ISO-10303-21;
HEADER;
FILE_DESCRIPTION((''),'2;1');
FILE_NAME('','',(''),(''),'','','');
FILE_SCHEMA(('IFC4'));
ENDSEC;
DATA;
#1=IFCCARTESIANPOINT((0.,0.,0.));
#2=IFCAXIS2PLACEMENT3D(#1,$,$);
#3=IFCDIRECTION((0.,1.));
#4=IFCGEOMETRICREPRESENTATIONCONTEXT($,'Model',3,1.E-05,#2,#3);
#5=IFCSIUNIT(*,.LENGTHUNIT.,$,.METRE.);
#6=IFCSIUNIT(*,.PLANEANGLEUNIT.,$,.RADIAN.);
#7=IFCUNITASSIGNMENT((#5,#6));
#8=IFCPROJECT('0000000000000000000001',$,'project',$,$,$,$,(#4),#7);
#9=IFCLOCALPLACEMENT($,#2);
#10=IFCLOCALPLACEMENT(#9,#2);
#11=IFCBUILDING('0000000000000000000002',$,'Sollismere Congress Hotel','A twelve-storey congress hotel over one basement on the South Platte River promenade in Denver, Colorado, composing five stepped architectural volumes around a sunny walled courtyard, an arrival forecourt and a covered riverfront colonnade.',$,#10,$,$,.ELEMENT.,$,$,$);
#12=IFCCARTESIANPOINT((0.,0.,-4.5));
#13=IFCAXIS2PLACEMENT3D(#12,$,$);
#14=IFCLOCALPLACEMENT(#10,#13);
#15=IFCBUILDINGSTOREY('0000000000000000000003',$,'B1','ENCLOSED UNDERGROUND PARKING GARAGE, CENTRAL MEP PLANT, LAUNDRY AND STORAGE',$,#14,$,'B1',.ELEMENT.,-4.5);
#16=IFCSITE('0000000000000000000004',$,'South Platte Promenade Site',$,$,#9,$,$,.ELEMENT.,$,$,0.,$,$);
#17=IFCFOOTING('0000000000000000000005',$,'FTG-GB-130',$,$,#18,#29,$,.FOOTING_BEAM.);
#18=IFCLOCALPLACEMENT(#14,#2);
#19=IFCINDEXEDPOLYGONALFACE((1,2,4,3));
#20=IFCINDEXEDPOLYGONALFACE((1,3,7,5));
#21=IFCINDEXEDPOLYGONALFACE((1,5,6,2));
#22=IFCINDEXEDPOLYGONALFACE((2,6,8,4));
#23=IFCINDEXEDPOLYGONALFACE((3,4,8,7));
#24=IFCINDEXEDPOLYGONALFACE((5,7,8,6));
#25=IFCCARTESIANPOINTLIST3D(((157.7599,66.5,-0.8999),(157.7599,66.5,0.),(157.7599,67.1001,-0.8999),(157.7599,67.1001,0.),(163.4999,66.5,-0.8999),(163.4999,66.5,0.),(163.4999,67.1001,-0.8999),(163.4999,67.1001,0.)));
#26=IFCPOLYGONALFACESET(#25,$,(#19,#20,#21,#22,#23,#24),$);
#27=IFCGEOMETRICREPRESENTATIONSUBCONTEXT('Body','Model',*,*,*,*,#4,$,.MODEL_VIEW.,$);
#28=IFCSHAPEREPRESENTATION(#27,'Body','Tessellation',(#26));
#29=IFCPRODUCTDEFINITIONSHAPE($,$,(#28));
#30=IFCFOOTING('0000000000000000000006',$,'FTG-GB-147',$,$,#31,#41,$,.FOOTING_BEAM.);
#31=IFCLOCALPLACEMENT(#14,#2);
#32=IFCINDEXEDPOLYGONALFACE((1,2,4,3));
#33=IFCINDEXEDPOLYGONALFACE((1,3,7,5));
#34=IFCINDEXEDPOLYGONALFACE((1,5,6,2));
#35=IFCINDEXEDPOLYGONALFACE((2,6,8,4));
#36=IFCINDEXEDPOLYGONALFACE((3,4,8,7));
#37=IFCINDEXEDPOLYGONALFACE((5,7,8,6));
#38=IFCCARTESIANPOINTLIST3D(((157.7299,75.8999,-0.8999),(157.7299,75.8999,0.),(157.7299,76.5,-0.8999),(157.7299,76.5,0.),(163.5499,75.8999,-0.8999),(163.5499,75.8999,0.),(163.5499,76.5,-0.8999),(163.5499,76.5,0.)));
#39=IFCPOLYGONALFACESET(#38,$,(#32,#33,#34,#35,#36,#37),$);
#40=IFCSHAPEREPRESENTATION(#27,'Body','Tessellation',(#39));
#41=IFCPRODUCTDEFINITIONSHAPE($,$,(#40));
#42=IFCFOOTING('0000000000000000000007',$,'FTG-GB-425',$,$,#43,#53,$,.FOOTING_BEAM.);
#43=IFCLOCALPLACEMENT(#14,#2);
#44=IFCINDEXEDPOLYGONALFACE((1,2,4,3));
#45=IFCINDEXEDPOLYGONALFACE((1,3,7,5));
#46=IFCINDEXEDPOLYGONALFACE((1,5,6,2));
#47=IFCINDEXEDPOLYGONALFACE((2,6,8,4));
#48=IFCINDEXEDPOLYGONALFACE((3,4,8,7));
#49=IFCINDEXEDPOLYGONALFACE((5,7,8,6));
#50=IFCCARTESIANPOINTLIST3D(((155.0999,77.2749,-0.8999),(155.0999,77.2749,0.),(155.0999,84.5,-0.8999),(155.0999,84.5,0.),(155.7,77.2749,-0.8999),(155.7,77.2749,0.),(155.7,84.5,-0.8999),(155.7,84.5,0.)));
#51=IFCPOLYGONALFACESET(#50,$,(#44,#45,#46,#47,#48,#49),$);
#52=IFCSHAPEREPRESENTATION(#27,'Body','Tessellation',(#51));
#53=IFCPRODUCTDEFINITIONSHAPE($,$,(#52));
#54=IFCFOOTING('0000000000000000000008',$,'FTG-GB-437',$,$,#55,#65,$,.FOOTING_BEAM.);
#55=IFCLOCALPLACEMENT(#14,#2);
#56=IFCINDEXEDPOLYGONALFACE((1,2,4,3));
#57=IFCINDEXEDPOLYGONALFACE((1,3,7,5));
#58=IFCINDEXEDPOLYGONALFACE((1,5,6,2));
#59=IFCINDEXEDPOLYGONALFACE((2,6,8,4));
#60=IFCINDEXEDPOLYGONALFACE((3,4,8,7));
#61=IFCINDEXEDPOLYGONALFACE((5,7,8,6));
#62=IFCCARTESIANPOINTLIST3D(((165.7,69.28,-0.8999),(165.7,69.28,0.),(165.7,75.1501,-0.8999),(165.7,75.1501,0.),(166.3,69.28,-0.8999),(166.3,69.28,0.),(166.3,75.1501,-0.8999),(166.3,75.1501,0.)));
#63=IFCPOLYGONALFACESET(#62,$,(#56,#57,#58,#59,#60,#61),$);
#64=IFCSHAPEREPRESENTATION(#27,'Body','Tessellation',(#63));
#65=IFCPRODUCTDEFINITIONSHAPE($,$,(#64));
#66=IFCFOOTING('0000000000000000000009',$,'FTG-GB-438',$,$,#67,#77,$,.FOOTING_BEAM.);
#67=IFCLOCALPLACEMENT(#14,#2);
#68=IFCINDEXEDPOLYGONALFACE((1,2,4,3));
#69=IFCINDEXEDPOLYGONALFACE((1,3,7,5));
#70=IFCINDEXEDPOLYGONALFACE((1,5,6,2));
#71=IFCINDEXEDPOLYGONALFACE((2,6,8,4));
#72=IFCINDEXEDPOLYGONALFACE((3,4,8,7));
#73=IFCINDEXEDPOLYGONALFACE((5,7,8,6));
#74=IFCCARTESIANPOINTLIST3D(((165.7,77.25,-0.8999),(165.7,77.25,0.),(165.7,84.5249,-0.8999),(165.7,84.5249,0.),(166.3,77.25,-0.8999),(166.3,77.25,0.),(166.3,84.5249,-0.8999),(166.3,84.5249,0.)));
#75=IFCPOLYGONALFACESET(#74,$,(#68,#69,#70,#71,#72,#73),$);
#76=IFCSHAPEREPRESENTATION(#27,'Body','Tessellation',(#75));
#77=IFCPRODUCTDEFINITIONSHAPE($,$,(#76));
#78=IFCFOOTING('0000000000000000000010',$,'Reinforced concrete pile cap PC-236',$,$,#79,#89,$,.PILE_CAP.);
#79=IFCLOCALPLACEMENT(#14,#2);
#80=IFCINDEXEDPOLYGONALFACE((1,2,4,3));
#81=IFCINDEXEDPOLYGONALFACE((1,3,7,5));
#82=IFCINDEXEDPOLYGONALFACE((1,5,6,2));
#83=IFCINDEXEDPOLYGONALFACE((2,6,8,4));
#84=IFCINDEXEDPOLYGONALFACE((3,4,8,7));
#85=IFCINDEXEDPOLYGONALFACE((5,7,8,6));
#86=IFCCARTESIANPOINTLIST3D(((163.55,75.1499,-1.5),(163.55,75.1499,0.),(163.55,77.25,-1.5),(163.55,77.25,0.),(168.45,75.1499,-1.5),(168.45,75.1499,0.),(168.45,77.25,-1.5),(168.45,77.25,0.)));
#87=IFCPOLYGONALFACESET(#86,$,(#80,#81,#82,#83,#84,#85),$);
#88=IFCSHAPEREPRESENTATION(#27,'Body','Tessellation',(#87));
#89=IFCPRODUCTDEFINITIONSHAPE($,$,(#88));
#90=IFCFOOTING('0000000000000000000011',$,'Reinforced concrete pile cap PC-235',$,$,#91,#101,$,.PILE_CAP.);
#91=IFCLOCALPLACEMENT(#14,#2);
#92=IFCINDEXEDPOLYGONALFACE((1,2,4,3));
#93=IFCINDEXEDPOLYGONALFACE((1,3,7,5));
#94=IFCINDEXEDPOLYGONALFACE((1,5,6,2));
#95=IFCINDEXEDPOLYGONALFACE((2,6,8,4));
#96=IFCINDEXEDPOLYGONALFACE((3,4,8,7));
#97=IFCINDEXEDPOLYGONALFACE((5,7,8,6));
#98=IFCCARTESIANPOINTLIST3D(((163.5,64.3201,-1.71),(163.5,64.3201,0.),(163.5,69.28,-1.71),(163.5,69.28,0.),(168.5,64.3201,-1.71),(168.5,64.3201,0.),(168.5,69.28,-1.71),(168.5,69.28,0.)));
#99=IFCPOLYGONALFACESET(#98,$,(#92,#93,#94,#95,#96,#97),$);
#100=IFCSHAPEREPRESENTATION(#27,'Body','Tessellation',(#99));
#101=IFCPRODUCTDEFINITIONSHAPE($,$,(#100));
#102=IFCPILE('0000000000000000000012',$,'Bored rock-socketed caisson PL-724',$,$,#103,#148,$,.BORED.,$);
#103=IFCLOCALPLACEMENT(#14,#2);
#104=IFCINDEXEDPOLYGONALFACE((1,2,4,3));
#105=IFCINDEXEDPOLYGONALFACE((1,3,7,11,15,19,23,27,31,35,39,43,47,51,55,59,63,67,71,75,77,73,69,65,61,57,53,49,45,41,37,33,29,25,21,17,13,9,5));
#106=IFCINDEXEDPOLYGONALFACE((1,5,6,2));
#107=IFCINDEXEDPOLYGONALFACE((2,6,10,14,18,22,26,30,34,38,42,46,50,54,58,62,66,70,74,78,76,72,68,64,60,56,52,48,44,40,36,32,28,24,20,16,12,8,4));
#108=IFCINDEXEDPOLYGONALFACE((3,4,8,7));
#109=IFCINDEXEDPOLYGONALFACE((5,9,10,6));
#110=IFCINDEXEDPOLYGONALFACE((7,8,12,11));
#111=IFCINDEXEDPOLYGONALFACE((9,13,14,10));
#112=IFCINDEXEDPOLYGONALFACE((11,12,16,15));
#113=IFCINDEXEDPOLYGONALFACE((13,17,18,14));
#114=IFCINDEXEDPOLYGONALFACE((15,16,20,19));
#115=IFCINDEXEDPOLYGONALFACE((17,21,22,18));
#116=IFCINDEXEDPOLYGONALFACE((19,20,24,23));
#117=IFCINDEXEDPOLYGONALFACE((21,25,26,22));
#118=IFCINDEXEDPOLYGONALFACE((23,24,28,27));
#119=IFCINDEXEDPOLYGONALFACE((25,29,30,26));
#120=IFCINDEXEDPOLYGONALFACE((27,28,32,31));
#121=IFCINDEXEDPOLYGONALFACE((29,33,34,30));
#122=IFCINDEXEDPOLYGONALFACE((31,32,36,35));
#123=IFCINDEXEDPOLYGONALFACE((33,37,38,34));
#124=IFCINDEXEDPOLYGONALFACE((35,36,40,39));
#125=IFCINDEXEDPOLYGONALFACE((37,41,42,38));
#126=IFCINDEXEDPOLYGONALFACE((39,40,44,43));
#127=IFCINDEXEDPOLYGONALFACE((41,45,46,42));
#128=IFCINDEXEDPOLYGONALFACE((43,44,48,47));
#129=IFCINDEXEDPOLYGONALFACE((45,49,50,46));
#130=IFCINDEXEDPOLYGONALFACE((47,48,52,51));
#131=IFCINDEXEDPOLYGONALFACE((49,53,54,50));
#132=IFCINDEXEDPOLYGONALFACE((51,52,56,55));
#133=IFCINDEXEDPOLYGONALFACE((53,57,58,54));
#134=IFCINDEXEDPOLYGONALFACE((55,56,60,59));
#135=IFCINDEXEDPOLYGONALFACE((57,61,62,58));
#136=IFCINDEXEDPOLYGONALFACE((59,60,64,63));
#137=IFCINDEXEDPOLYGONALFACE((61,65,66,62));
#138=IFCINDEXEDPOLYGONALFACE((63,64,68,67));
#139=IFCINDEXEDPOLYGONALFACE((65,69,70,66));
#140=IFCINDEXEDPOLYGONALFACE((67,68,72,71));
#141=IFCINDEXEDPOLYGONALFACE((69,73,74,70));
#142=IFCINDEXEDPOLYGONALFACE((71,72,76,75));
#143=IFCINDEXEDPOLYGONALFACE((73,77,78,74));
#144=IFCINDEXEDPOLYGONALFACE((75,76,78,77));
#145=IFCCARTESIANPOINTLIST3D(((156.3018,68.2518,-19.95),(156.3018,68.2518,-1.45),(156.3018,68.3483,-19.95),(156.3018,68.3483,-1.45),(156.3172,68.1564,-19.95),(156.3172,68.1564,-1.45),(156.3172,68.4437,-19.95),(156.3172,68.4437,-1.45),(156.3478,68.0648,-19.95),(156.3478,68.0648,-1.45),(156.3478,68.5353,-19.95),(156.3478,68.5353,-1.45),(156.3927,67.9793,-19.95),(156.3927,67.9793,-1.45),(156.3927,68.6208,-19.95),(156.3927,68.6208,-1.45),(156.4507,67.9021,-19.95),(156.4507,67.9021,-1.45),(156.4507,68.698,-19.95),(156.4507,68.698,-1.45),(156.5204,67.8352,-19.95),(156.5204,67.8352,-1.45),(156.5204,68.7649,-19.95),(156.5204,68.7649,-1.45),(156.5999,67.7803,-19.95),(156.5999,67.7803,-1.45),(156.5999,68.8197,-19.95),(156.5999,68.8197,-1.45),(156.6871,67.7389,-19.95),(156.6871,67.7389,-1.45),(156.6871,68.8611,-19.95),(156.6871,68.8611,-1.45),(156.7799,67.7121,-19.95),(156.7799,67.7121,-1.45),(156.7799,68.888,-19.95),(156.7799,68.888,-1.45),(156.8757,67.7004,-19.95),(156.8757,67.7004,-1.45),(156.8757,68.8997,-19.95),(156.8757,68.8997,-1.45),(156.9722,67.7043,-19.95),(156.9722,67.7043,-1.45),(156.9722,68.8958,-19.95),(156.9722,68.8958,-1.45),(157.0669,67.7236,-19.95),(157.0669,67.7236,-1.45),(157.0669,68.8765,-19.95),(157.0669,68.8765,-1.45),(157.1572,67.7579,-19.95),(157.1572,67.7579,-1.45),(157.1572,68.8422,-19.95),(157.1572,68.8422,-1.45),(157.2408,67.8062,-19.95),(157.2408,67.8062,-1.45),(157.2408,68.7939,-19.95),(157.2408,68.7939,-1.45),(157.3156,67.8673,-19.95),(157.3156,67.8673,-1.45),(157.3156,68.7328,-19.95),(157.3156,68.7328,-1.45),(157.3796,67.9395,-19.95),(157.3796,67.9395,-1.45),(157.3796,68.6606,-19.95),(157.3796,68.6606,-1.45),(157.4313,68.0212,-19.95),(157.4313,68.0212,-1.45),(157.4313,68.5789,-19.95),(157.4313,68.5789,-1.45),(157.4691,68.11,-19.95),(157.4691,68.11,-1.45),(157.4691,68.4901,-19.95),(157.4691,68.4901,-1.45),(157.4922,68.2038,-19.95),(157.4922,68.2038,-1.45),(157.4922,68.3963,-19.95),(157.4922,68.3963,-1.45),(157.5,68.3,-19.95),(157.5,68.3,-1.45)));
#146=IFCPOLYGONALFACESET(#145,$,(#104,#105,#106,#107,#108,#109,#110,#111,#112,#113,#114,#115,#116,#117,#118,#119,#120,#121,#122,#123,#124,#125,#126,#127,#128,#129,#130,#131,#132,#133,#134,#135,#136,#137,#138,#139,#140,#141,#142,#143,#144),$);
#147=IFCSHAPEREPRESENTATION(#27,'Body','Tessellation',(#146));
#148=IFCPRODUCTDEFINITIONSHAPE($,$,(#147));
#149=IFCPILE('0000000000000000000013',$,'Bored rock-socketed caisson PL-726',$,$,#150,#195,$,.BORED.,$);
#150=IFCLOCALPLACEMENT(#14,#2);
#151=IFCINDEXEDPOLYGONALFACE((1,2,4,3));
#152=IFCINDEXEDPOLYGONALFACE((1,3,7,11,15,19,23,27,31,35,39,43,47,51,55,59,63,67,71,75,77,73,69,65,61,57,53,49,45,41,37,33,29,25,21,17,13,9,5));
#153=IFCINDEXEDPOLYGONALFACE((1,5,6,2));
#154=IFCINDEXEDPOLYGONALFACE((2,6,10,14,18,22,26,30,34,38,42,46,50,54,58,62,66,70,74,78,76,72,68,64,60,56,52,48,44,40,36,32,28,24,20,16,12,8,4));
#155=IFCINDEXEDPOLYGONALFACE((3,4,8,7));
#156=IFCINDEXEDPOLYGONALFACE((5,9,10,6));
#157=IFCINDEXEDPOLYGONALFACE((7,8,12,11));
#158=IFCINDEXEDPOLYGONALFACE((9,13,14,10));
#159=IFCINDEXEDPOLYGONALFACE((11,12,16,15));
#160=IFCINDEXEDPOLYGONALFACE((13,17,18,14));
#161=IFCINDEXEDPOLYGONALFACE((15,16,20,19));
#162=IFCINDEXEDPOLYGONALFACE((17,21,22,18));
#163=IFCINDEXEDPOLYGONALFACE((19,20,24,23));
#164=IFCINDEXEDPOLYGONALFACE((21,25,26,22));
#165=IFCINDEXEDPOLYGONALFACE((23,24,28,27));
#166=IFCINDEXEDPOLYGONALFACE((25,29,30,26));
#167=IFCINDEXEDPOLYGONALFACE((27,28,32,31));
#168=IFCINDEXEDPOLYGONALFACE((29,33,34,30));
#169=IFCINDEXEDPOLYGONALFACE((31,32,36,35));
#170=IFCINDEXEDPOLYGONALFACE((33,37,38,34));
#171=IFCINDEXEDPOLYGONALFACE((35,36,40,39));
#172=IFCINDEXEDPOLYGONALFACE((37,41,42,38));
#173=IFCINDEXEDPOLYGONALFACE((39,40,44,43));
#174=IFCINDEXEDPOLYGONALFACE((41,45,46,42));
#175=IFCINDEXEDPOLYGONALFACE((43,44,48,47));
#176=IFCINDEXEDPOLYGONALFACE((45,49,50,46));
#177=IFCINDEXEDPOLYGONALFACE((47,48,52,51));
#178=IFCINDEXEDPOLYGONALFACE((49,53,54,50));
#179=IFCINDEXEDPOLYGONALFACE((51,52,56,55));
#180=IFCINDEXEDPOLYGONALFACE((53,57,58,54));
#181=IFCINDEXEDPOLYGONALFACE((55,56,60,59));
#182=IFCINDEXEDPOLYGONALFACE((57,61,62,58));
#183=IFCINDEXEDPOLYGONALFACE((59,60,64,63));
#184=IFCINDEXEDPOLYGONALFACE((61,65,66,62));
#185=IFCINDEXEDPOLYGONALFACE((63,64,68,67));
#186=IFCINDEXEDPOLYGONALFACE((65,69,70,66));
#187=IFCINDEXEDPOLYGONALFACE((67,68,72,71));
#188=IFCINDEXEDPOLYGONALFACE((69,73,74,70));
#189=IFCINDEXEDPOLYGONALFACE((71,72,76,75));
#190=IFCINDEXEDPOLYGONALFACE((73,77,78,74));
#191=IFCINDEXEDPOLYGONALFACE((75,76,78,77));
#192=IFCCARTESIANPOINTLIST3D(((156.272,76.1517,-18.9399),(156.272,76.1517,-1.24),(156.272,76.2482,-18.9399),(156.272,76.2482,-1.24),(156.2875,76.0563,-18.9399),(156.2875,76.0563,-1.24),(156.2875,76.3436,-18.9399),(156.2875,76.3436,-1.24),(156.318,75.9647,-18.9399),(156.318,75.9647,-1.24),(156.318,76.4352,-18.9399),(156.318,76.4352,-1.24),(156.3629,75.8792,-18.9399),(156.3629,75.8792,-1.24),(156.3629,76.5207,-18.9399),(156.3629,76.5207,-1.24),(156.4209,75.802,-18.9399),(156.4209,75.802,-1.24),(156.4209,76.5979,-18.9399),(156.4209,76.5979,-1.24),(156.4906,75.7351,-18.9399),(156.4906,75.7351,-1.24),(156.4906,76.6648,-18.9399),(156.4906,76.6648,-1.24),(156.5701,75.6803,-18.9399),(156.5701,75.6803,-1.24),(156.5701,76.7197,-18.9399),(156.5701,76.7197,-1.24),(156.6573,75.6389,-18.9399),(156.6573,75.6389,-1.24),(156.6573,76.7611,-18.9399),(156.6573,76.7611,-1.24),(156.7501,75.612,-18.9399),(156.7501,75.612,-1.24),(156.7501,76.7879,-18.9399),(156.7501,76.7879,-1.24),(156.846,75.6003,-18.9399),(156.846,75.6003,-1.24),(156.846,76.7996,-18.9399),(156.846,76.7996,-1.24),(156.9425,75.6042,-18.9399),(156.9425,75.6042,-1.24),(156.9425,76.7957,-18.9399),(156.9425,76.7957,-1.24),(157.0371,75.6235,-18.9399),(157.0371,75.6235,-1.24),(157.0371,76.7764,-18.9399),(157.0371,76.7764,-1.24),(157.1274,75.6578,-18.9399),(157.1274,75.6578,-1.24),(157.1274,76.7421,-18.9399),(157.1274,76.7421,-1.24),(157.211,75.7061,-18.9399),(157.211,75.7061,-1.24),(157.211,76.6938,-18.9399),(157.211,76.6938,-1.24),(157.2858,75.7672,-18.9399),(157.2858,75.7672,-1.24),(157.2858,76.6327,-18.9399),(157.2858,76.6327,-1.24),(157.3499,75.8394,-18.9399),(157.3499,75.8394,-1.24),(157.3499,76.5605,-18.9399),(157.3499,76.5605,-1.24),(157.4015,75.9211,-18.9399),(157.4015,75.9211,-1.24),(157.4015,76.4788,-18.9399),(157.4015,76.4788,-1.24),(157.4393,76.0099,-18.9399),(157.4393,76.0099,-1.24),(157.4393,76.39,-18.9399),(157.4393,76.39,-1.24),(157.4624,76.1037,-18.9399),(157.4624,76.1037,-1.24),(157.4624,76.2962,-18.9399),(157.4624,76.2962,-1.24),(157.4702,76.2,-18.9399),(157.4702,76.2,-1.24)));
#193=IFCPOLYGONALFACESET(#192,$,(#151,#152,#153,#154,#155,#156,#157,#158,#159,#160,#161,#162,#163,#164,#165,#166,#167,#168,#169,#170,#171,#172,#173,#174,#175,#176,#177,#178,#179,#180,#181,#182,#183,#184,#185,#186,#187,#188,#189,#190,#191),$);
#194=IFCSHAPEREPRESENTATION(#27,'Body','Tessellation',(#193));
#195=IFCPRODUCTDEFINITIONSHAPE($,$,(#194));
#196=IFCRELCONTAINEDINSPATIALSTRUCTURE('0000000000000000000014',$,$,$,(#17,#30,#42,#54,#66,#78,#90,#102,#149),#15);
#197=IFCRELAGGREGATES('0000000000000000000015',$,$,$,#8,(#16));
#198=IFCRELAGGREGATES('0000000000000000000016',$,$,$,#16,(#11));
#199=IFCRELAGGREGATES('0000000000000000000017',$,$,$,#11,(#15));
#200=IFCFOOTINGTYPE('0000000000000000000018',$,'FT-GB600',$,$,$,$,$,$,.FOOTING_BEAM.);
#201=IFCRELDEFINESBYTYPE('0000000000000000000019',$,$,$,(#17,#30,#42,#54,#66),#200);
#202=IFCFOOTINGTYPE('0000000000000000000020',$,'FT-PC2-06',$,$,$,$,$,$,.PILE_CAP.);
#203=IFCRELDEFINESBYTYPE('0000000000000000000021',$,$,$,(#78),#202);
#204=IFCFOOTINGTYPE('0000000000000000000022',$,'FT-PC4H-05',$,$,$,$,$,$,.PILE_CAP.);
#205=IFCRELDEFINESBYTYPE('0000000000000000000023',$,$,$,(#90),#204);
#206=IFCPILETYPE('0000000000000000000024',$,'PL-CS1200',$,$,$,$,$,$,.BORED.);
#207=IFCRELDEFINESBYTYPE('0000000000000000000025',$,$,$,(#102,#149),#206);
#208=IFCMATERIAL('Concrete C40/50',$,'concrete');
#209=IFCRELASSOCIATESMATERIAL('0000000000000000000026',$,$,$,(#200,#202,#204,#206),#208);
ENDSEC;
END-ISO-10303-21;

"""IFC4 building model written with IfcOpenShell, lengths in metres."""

from ifc_helpers import new_model, si_unit, direction, frame, origin, origin_2d, place, context, subcontext, project, spatial, rectangle, circle, extrude, material, material_profile, profile_set, type_object, element, save


model = new_model("IFC4")

# Units and contexts
model_context = context("Model", 3, precision=1e-05, world=origin(), true_north=direction((0.0, 1.0)))
body_context = subcontext(model_context, "Body", "Model", "MODEL_VIEW")
ifc_project = project(units=[si_unit("LENGTHUNIT", "METRE"), si_unit("PLANEANGLEUNIT", "RADIAN")], contexts=[model_context])

# Site, building, storey
site_placement = place(None, origin())
site = spatial("IfcSite", under=ifc_project, at=site_placement, Name="South Platte Promenade Site", CompositionType="ELEMENT", RefElevation=0.0)
building_placement = place(site_placement, origin())
building = spatial("IfcBuilding", under=site, at=building_placement, Name="Sollismere Congress Hotel", Description="A twelve-storey congress hotel over one basement on the South Platte River promenade in Denver, Colorado, composing five stepped architectural volumes around a sunny walled courtyard, an arrival forecourt and a covered riverfront colonnade.", CompositionType="ELEMENT")
storey_placement = place(building_placement, frame((0.0, 0.0, -4.5)))
storey = spatial("IfcBuildingStorey", under=building, at=storey_placement, Name="B1", Description="ENCLOSED UNDERGROUND PARKING GARAGE, CENTRAL MEP PLANT, LAUNDRY AND STORAGE", LongName="B1", CompositionType="ELEMENT", Elevation=-4.5)

# Footings
ifc_material_1 = material(Name="Concrete C40/50", Category="concrete")
footing_type_1 = type_object("IfcFootingType", Name="FT-GB600", PredefinedType="FOOTING_BEAM", material=ifc_material_1)
footing_1_placement = place(storey_placement, frame((160.6299, 66.8, -0.8999), z_axis=(0.0, 0.0, 1.0), x_axis=(1.0, 0.0, 0.0)))
element("IfcFooting", 1, at=footing_1_placement, inside=storey, type_object=footing_type_1, Name="FTG-GB-130", PredefinedType="FOOTING_BEAM", context=body_context, shape_type="SweptSolid", body=[
    extrude(rectangle(XDim=5.74, YDim=0.6001, at=origin_2d()), origin(), (0.0, 0.0, 1.0), 0.8999),
])
footing_2_placement = place(storey_placement, frame((160.6399, 76.2, -0.8999), z_axis=(0.0, 0.0, 1.0), x_axis=(1.0, 0.0, 0.0)))
element("IfcFooting", 2, at=footing_2_placement, inside=storey, type_object=footing_type_1, Name="FTG-GB-147", PredefinedType="FOOTING_BEAM", context=body_context, shape_type="SweptSolid", body=[
    extrude(rectangle(XDim=5.8201, YDim=0.6001, at=origin_2d()), origin(), (0.0, 0.0, 1.0), 0.8999),
])
footing_3_placement = place(storey_placement, frame((155.3999, 80.8875, -0.8999), z_axis=(0.0, 0.0, 1.0), x_axis=(0.0, 1.0, 0.0)))
element("IfcFooting", 3, at=footing_3_placement, inside=storey, type_object=footing_type_1, Name="FTG-GB-425", PredefinedType="FOOTING_BEAM", context=body_context, shape_type="SweptSolid", body=[
    extrude(rectangle(XDim=7.2251, YDim=0.6001, at=origin_2d()), origin(), (0.0, 0.0, 1.0), 0.8999),
])
footing_4_placement = place(storey_placement, frame((166.0, 72.2151, -0.8999), z_axis=(0.0, 0.0, 1.0), x_axis=(0.0, 1.0, 0.0)))
element("IfcFooting", 4, at=footing_4_placement, inside=storey, type_object=footing_type_1, Name="FTG-GB-437", PredefinedType="FOOTING_BEAM", context=body_context, shape_type="SweptSolid", body=[
    extrude(rectangle(XDim=5.8701, YDim=0.6001, at=origin_2d()), origin(), (0.0, 0.0, 1.0), 0.8999),
])
footing_5_placement = place(storey_placement, frame((166.0, 80.8875, -0.8999), z_axis=(0.0, 0.0, 1.0), x_axis=(0.0, 1.0, 0.0)))
element("IfcFooting", 5, at=footing_5_placement, inside=storey, type_object=footing_type_1, Name="FTG-GB-438", PredefinedType="FOOTING_BEAM", context=body_context, shape_type="SweptSolid", body=[
    extrude(rectangle(XDim=7.2749, YDim=0.6001, at=origin_2d()), origin(), (0.0, 0.0, 1.0), 0.8999),
])
footing_type_2 = type_object("IfcFootingType", Name="FT-PC2-06", PredefinedType="PILE_CAP", material=ifc_material_1)
footing_6_placement = place(storey_placement, frame((166.0, 76.2, -1.5), z_axis=(0.0, 0.0, 1.0), x_axis=(1.0, 0.0, 0.0)))
element("IfcFooting", 6, at=footing_6_placement, inside=storey, type_object=footing_type_2, Name="Reinforced concrete pile cap PC-236", PredefinedType="PILE_CAP", context=body_context, shape_type="SweptSolid", body=[
    extrude(rectangle(XDim=4.8999, YDim=2.1001, at=origin_2d()), origin(), (0.0, 0.0, 1.0), 1.5),
])
footing_type_3 = type_object("IfcFootingType", Name="FT-PC4H-05", PredefinedType="PILE_CAP", material=ifc_material_1)
footing_7_placement = place(storey_placement, frame((166.0, 66.8, -1.71), z_axis=(0.0, 0.0, 1.0), x_axis=(1.0, 0.0, 0.0)))
element("IfcFooting", 7, at=footing_7_placement, inside=storey, type_object=footing_type_3, Name="Reinforced concrete pile cap PC-235", PredefinedType="PILE_CAP", context=body_context, shape_type="SweptSolid", body=[
    extrude(rectangle(XDim=5.0, YDim=4.96, at=origin_2d()), origin(), (0.0, 0.0, 1.0), 1.71),
])

# Piles
ifc_material_profile_1 = material_profile(ifc_material_1, circle(Radius=0.6001, at=origin_2d()), Name="CAISSON1200")
ifc_profile_set_1 = profile_set([ifc_material_profile_1], Name="Concrete C40/50")
pile_type = type_object("IfcPileType", Name="PL-CS1200", PredefinedType="BORED", material=ifc_profile_set_1)
pile_1_placement = place(storey_placement, frame((156.8999, 68.3, -1.45), z_axis=(0.0, 0.0, -1.0), x_axis=(1.0, 0.0, 0.0)))
element("IfcPile", 8, at=pile_1_placement, inside=storey, type_object=pile_type, Name="Bored rock-socketed caisson PL-724", PredefinedType="BORED", context=body_context, shape_type="SweptSolid", body=[
    extrude(circle(Radius=0.6001, at=origin_2d()), origin(), (0.0, 0.0, 1.0), 18.5),
])
pile_2_placement = place(storey_placement, frame((156.8701, 76.2, -1.24), z_axis=(0.0, 0.0, -1.0), x_axis=(1.0, 0.0, 0.0)))
element("IfcPile", 9, at=pile_2_placement, inside=storey, type_object=pile_type, Name="Bored rock-socketed caisson PL-726", PredefinedType="BORED", context=body_context, shape_type="SweptSolid", body=[
    extrude(circle(Radius=0.6001, at=origin_2d()), origin(), (0.0, 0.0, 1.0), 17.7),
])

save(model, "model.ifc")
